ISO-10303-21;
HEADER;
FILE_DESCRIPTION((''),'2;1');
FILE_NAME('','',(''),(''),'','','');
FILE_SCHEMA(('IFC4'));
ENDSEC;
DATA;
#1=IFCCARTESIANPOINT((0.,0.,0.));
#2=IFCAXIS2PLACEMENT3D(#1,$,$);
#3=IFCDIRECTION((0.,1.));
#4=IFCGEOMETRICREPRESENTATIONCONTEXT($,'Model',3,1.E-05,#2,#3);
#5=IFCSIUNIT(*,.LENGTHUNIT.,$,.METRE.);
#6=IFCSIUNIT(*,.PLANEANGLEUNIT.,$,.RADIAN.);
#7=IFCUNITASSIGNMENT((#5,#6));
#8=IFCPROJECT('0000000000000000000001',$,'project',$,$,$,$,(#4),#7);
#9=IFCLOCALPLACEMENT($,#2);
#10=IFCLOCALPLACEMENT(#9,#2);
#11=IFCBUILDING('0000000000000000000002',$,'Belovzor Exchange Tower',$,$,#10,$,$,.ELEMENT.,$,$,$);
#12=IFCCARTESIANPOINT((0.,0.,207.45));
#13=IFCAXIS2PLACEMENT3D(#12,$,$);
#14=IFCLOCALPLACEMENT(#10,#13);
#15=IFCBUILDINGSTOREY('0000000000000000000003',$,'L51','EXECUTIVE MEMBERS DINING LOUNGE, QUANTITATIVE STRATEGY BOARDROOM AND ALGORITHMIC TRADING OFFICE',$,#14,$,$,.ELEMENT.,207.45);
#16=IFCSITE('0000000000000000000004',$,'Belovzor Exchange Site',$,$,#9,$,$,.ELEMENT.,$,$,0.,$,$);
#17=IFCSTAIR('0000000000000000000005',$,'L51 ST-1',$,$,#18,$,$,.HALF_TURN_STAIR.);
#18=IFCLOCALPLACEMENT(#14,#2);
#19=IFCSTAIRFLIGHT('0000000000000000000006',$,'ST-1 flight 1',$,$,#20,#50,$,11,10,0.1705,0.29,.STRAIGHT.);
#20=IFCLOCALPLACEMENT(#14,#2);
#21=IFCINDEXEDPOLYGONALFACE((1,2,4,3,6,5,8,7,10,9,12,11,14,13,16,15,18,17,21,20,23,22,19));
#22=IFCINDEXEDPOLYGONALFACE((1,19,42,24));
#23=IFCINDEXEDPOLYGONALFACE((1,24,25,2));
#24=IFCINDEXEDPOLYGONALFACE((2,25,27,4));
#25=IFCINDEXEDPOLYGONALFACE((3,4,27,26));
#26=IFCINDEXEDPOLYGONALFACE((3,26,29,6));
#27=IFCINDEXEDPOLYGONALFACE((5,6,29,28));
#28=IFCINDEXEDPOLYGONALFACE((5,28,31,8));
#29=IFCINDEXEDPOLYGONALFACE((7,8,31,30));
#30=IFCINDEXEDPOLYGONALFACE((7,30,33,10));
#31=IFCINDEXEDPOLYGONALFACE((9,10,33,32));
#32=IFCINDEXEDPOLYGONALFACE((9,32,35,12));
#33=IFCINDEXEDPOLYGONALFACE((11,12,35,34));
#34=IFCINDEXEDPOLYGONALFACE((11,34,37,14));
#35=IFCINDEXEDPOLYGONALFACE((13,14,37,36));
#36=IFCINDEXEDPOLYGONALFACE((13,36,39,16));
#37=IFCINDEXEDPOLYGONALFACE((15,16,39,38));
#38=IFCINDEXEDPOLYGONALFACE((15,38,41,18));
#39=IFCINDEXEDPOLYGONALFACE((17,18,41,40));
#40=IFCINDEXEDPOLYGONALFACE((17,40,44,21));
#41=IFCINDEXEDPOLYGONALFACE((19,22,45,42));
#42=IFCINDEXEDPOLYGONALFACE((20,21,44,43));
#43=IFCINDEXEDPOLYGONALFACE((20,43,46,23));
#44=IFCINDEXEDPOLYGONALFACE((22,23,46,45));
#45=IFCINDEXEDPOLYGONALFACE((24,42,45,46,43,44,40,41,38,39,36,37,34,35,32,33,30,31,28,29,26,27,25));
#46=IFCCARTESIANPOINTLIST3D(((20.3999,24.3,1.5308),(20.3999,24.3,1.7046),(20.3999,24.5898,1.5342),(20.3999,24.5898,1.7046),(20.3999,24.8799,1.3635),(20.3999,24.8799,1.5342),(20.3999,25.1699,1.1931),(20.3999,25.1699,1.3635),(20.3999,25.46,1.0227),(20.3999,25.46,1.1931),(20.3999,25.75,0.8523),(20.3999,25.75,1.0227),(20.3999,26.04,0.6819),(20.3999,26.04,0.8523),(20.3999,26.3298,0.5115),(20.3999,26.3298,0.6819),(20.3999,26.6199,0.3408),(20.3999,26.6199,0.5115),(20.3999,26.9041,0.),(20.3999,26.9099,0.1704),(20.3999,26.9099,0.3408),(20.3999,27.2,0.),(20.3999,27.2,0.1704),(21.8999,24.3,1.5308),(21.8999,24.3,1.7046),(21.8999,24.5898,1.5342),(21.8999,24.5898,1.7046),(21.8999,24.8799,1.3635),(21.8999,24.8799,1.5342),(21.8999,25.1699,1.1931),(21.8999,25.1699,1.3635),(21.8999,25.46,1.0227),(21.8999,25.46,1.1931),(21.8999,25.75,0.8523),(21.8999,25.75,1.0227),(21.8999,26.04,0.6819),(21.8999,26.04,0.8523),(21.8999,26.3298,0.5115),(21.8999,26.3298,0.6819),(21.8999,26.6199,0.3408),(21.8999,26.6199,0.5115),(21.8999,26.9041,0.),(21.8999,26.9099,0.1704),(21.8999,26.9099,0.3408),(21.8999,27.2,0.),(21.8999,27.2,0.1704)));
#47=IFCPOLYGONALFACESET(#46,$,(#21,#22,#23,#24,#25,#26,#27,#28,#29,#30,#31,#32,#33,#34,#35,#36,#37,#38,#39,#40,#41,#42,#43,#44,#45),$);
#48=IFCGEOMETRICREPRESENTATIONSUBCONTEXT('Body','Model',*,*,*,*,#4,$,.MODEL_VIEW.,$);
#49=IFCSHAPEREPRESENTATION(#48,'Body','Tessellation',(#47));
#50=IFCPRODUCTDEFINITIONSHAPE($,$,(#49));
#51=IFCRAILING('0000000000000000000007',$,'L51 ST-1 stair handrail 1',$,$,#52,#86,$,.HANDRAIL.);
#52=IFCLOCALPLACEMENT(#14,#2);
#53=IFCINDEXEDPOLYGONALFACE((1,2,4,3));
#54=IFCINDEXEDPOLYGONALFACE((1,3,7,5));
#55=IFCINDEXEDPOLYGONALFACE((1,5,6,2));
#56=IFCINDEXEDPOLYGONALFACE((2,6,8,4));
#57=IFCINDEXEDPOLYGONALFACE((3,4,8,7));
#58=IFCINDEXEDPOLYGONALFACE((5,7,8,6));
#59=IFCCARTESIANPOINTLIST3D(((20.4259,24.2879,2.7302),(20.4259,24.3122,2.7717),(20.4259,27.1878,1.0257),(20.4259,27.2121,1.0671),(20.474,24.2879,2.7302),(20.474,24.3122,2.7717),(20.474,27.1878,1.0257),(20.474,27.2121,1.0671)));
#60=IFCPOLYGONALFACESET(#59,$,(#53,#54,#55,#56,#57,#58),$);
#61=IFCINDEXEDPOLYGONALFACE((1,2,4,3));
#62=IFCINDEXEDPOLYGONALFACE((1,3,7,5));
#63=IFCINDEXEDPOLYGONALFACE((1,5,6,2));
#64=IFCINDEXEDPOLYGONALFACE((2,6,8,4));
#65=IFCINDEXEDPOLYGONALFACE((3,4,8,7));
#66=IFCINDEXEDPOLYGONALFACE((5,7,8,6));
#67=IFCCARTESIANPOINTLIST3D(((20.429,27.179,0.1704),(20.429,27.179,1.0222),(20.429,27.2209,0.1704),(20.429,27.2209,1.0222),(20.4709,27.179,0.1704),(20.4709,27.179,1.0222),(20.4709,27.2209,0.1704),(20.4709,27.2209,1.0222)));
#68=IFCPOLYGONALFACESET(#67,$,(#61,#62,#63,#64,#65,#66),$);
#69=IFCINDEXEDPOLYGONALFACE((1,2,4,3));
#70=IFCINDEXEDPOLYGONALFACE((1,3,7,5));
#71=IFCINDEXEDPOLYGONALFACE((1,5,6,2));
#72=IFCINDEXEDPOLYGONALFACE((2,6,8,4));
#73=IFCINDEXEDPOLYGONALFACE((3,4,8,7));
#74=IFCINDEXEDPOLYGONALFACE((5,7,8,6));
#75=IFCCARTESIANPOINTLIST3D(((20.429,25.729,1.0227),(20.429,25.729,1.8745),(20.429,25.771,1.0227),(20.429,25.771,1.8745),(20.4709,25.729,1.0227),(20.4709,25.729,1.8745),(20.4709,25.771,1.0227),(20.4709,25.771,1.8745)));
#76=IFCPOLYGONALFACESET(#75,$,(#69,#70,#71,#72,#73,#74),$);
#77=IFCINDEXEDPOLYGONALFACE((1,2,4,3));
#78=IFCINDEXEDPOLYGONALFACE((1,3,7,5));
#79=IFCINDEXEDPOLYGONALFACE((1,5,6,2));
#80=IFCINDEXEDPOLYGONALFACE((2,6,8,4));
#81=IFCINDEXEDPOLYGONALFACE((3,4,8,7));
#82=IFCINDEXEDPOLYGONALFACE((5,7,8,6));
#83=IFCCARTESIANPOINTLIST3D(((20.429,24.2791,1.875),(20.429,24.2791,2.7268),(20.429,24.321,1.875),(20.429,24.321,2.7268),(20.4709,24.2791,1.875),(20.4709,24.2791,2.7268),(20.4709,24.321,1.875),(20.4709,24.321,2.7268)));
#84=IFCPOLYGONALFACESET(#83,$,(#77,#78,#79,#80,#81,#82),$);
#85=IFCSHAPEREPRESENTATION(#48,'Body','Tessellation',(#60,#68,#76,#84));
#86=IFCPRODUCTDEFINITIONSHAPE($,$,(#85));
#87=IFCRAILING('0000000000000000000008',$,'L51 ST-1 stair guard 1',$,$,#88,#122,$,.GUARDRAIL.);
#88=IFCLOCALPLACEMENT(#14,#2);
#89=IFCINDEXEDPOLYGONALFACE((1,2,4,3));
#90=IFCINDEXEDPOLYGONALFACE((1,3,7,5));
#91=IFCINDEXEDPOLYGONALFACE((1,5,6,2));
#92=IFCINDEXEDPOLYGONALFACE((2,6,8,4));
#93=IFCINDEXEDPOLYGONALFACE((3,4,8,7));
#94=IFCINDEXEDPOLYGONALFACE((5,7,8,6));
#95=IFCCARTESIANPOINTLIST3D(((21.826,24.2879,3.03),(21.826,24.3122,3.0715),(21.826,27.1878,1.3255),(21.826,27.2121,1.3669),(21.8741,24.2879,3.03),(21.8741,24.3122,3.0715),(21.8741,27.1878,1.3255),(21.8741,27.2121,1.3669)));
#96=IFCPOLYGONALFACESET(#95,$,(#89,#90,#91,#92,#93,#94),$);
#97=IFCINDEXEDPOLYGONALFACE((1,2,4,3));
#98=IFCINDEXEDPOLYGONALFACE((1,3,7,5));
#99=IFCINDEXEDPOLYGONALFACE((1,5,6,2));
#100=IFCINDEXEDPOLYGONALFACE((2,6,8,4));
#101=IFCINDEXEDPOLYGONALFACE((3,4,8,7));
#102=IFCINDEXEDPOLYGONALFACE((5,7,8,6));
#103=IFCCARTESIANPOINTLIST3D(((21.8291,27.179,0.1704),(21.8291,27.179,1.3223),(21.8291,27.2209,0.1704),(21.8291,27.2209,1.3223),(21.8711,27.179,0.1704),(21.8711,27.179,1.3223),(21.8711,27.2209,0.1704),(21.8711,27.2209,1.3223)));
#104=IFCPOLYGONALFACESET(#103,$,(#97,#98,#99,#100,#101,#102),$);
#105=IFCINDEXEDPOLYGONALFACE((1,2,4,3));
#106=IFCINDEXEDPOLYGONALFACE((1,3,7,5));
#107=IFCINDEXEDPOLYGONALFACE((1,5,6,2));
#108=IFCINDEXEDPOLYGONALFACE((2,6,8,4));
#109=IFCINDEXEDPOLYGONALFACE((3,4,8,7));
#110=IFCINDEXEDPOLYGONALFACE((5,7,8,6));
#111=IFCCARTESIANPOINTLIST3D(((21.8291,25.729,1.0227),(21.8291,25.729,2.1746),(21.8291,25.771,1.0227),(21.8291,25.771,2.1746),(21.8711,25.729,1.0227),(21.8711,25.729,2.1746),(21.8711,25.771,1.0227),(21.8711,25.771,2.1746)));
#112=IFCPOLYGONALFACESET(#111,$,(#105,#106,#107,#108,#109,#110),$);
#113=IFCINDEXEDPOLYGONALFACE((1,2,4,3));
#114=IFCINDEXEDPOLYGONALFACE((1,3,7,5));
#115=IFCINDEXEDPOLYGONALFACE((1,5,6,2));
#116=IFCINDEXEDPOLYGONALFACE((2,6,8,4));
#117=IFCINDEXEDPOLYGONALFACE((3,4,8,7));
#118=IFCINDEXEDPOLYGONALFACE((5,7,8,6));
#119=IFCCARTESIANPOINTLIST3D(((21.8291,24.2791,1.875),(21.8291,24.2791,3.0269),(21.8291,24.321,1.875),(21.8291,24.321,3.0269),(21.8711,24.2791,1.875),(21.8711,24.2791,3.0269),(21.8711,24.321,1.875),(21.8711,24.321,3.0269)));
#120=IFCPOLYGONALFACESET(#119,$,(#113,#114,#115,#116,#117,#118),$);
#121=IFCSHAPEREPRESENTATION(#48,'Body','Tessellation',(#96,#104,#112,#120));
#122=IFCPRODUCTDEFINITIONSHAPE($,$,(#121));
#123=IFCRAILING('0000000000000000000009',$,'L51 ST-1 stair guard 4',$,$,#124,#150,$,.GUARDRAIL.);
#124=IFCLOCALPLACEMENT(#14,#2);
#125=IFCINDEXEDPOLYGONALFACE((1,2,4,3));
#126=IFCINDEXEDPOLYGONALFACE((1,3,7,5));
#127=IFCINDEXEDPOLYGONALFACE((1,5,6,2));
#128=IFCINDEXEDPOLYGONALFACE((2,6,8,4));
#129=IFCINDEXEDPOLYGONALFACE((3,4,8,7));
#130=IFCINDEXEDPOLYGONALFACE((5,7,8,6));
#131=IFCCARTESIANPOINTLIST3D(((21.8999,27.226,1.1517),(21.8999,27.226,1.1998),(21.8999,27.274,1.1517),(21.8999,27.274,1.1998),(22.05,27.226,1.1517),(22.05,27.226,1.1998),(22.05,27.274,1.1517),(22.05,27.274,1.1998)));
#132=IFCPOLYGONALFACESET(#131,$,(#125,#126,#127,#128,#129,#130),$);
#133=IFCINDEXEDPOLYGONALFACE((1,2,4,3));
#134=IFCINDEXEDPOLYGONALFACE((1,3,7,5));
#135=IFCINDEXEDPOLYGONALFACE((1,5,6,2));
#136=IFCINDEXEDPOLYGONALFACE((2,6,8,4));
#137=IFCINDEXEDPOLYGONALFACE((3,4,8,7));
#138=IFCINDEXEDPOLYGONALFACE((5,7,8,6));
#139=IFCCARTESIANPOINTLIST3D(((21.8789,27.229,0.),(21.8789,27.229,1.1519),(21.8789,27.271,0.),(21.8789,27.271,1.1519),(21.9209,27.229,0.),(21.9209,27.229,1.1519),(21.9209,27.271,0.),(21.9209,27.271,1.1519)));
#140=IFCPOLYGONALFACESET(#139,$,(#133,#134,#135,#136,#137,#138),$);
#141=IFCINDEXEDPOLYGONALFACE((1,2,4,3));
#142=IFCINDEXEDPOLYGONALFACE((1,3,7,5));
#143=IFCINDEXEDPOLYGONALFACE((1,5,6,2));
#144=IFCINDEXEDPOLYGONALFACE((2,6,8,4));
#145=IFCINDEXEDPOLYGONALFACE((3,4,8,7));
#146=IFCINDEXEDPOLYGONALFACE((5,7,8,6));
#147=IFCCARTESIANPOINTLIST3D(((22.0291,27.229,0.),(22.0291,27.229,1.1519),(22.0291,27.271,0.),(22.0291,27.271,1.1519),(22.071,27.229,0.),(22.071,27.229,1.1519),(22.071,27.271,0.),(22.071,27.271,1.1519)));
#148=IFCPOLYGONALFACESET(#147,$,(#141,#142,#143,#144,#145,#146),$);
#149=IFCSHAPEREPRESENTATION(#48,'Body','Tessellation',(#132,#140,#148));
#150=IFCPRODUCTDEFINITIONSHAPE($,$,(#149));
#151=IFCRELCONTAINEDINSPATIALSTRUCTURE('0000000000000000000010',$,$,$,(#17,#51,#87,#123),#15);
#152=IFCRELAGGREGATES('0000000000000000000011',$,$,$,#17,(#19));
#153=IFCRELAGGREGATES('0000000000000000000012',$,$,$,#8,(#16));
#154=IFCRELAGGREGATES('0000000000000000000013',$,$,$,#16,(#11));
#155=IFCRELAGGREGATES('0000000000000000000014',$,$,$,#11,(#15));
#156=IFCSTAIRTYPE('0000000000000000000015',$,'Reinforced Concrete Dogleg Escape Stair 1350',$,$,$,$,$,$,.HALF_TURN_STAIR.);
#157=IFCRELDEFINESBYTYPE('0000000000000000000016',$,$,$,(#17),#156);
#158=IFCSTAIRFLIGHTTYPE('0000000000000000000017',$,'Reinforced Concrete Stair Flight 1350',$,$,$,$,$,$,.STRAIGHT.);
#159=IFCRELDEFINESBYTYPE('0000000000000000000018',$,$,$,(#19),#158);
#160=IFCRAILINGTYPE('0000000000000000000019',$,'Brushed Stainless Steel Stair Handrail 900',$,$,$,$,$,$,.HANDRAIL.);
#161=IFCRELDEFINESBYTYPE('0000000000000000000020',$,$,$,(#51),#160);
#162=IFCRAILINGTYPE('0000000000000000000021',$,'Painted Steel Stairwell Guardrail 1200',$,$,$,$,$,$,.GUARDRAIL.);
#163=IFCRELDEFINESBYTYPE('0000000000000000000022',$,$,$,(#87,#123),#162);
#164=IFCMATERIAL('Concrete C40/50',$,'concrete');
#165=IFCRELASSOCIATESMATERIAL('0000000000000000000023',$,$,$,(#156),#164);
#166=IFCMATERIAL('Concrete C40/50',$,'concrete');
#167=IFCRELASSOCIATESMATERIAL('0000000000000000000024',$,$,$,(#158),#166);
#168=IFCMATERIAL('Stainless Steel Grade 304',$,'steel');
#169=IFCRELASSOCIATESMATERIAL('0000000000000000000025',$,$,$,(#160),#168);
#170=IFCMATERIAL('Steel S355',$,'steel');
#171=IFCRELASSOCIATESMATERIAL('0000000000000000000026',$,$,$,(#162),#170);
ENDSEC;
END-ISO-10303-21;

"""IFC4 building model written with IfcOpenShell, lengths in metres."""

from ifc_helpers import new_model, si_unit, direction, frame, origin, origin_2d, place, context, subcontext, project, spatial, polyline, rectangle, outline, extrude, material, type_object, element, aggregate, save


model = new_model("IFC4")

# Units and contexts
model_context = context("Model", 3, precision=1e-05, world=origin(), true_north=direction((0.0, 1.0)))
body_context = subcontext(model_context, "Body", "Model", "MODEL_VIEW")
ifc_project = project(units=[si_unit("LENGTHUNIT", "METRE"), si_unit("PLANEANGLEUNIT", "RADIAN")], contexts=[model_context])

# Site, building, storey
site_placement = place(None, origin())
site = spatial("IfcSite", under=ifc_project, at=site_placement, Name="Belovzor Exchange Site", CompositionType="ELEMENT", RefElevation=0.0)
building_placement = place(site_placement, origin())
building = spatial("IfcBuilding", under=site, at=building_placement, Name="Belovzor Exchange Tower", CompositionType="ELEMENT")
storey_placement = place(building_placement, frame((0.0, 0.0, 207.45)))
storey = spatial("IfcBuildingStorey", under=building, at=storey_placement, Name="L51", Description="EXECUTIVE MEMBERS DINING LOUNGE, QUANTITATIVE STRATEGY BOARDROOM AND ALGORITHMIC TRADING OFFICE", CompositionType="ELEMENT", Elevation=207.45)

# Stair, stair flight
ifc_material_1 = material(Name="Concrete C40/50", Category="concrete")
stair_type = type_object("IfcStairType", Name="Reinforced Concrete Dogleg Escape Stair 1350", PredefinedType="HALF_TURN_STAIR", material=ifc_material_1)
stair_placement = place(storey_placement, origin())
stair = element("IfcStair", 1, at=stair_placement, inside=storey, type_object=stair_type, Name="L51 ST-1", PredefinedType="HALF_TURN_STAIR")
ifc_material_2 = material(Name="Concrete C40/50", Category="concrete")
stair_flight_type = type_object("IfcStairFlightType", Name="Reinforced Concrete Stair Flight 1350", PredefinedType="STRAIGHT", material=ifc_material_2)
stair_flight_placement = place(storey_placement, frame((21.1499, 27.2, 0.0), z_axis=(0.0, 0.0, 1.0), x_axis=(0.0, -1.0, 0.0)))
stair_flight = element("IfcStairFlight", 2, at=stair_flight_placement, type_object=stair_flight_type, Name="ST-1 flight 1", NumberOfRisers=11, NumberOfTreads=10, PredefinedType="STRAIGHT", RiserHeight=0.1705, TreadLength=0.29, context=body_context, shape_type="SweptSolid", body=[
    extrude(outline(polyline([(0.0, 0.0), (0.0, 0.1704), (0.29, 0.1704), (0.29, 0.3408), (0.5801, 0.3408), (0.5801, 0.5115), (0.8701, 0.5115), (0.8701, 0.6819), (1.1599, 0.6819), (1.1599, 0.8523), (1.45, 0.8523), (1.45, 1.0227), (1.74, 1.0227), (1.74, 1.1931), (2.03, 1.1931), (2.03, 1.3635), (2.3201, 1.3635), (2.3201, 1.5342), (2.6101, 1.5342), (2.6101, 1.7046), (2.8999, 1.7046), (2.8999, 1.875), (2.8999, 1.5308), (0.2959, 0.0), (0.0, 0.0)])), frame((0.0, 0.75, 0.0), z_axis=(0.0, -1.0, 0.0), x_axis=(1.0, 0.0, 0.0)), (0.0, 0.0, 1.0), 1.5),
])
aggregate(stair, [stair_flight])

# Railings
ifc_material_3 = material(Name="Stainless Steel Grade 304", Category="steel")
railing_type_1 = type_object("IfcRailingType", Name="Brushed Stainless Steel Stair Handrail 900", PredefinedType="HANDRAIL", material=ifc_material_3)
railing_1_placement = place(storey_placement, frame((20.45, 27.2, 0.1704)))
element("IfcRailing", 3, at=railing_1_placement, inside=storey, type_object=railing_type_1, Name="L51 ST-1 stair handrail 1", PredefinedType="HANDRAIL", context=body_context, shape_type="SweptSolid", body=[
    extrude(rectangle(XDim=0.0481, YDim=0.0481, at=origin_2d()), frame((0.0, 0.0, 0.876), z_axis=(0.0, -0.862095, 0.506747), x_axis=(1.0, 0.0, 0.0)), (0.0, 0.0, 1.0), 3.3638),
    extrude(rectangle(XDim=0.042, YDim=0.042, at=origin_2d()), origin(), (0.0, 0.0, 1.0), 0.8518),
    extrude(rectangle(XDim=0.042, YDim=0.042, at=origin_2d()), frame((0.0, -1.45, 0.8523)), (0.0, 0.0, 1.0), 0.8518),
    extrude(rectangle(XDim=0.042, YDim=0.042, at=origin_2d()), frame((0.0, -2.8999, 1.7046)), (0.0, 0.0, 1.0), 0.8518),
])
ifc_material_4 = material(Name="Steel S355", Category="steel")
railing_type_2 = type_object("IfcRailingType", Name="Painted Steel Stairwell Guardrail 1200", PredefinedType="GUARDRAIL", material=ifc_material_4)
railing_2_placement = place(storey_placement, frame((21.8501, 27.2, 0.1704)))
element("IfcRailing", 4, at=railing_2_placement, inside=storey, type_object=railing_type_2, Name="L51 ST-1 stair guard 1", PredefinedType="GUARDRAIL", context=body_context, shape_type="SweptSolid", body=[
    extrude(rectangle(XDim=0.0481, YDim=0.0481, at=origin_2d()), frame((0.0, 0.0, 1.1758), z_axis=(0.0, -0.862095, 0.506747), x_axis=(1.0, 0.0, 0.0)), (0.0, 0.0, 1.0), 3.3638),
    extrude(rectangle(XDim=0.042, YDim=0.042, at=origin_2d()), origin(), (0.0, 0.0, 1.0), 1.1519),
    extrude(rectangle(XDim=0.042, YDim=0.042, at=origin_2d()), frame((0.0, -1.45, 0.8523)), (0.0, 0.0, 1.0), 1.1519),
    extrude(rectangle(XDim=0.042, YDim=0.042, at=origin_2d()), frame((0.0, -2.8999, 1.7046)), (0.0, 0.0, 1.0), 1.1519),
])
railing_3_placement = place(storey_placement, frame((21.8999, 27.25, 0.0)))
element("IfcRailing", 5, at=railing_3_placement, inside=storey, type_object=railing_type_2, Name="L51 ST-1 stair guard 4", PredefinedType="GUARDRAIL", context=body_context, shape_type="SweptSolid", body=[
    extrude(rectangle(XDim=0.0481, YDim=0.0481, at=origin_2d()), frame((0.0, 0.0, 1.1758), z_axis=(1.0, 0.0, 0.0), x_axis=(0.0, 1.0, 0.0)), (0.0, 0.0, 1.0), 0.1501),
    extrude(rectangle(XDim=0.042, YDim=0.042, at=origin_2d()), origin(), (0.0, 0.0, 1.0), 1.1519),
    extrude(rectangle(XDim=0.042, YDim=0.042, at=origin_2d()), frame((0.1501, 0.0, 0.0)), (0.0, 0.0, 1.0), 1.1519),
])

save(model, "model.ifc")
